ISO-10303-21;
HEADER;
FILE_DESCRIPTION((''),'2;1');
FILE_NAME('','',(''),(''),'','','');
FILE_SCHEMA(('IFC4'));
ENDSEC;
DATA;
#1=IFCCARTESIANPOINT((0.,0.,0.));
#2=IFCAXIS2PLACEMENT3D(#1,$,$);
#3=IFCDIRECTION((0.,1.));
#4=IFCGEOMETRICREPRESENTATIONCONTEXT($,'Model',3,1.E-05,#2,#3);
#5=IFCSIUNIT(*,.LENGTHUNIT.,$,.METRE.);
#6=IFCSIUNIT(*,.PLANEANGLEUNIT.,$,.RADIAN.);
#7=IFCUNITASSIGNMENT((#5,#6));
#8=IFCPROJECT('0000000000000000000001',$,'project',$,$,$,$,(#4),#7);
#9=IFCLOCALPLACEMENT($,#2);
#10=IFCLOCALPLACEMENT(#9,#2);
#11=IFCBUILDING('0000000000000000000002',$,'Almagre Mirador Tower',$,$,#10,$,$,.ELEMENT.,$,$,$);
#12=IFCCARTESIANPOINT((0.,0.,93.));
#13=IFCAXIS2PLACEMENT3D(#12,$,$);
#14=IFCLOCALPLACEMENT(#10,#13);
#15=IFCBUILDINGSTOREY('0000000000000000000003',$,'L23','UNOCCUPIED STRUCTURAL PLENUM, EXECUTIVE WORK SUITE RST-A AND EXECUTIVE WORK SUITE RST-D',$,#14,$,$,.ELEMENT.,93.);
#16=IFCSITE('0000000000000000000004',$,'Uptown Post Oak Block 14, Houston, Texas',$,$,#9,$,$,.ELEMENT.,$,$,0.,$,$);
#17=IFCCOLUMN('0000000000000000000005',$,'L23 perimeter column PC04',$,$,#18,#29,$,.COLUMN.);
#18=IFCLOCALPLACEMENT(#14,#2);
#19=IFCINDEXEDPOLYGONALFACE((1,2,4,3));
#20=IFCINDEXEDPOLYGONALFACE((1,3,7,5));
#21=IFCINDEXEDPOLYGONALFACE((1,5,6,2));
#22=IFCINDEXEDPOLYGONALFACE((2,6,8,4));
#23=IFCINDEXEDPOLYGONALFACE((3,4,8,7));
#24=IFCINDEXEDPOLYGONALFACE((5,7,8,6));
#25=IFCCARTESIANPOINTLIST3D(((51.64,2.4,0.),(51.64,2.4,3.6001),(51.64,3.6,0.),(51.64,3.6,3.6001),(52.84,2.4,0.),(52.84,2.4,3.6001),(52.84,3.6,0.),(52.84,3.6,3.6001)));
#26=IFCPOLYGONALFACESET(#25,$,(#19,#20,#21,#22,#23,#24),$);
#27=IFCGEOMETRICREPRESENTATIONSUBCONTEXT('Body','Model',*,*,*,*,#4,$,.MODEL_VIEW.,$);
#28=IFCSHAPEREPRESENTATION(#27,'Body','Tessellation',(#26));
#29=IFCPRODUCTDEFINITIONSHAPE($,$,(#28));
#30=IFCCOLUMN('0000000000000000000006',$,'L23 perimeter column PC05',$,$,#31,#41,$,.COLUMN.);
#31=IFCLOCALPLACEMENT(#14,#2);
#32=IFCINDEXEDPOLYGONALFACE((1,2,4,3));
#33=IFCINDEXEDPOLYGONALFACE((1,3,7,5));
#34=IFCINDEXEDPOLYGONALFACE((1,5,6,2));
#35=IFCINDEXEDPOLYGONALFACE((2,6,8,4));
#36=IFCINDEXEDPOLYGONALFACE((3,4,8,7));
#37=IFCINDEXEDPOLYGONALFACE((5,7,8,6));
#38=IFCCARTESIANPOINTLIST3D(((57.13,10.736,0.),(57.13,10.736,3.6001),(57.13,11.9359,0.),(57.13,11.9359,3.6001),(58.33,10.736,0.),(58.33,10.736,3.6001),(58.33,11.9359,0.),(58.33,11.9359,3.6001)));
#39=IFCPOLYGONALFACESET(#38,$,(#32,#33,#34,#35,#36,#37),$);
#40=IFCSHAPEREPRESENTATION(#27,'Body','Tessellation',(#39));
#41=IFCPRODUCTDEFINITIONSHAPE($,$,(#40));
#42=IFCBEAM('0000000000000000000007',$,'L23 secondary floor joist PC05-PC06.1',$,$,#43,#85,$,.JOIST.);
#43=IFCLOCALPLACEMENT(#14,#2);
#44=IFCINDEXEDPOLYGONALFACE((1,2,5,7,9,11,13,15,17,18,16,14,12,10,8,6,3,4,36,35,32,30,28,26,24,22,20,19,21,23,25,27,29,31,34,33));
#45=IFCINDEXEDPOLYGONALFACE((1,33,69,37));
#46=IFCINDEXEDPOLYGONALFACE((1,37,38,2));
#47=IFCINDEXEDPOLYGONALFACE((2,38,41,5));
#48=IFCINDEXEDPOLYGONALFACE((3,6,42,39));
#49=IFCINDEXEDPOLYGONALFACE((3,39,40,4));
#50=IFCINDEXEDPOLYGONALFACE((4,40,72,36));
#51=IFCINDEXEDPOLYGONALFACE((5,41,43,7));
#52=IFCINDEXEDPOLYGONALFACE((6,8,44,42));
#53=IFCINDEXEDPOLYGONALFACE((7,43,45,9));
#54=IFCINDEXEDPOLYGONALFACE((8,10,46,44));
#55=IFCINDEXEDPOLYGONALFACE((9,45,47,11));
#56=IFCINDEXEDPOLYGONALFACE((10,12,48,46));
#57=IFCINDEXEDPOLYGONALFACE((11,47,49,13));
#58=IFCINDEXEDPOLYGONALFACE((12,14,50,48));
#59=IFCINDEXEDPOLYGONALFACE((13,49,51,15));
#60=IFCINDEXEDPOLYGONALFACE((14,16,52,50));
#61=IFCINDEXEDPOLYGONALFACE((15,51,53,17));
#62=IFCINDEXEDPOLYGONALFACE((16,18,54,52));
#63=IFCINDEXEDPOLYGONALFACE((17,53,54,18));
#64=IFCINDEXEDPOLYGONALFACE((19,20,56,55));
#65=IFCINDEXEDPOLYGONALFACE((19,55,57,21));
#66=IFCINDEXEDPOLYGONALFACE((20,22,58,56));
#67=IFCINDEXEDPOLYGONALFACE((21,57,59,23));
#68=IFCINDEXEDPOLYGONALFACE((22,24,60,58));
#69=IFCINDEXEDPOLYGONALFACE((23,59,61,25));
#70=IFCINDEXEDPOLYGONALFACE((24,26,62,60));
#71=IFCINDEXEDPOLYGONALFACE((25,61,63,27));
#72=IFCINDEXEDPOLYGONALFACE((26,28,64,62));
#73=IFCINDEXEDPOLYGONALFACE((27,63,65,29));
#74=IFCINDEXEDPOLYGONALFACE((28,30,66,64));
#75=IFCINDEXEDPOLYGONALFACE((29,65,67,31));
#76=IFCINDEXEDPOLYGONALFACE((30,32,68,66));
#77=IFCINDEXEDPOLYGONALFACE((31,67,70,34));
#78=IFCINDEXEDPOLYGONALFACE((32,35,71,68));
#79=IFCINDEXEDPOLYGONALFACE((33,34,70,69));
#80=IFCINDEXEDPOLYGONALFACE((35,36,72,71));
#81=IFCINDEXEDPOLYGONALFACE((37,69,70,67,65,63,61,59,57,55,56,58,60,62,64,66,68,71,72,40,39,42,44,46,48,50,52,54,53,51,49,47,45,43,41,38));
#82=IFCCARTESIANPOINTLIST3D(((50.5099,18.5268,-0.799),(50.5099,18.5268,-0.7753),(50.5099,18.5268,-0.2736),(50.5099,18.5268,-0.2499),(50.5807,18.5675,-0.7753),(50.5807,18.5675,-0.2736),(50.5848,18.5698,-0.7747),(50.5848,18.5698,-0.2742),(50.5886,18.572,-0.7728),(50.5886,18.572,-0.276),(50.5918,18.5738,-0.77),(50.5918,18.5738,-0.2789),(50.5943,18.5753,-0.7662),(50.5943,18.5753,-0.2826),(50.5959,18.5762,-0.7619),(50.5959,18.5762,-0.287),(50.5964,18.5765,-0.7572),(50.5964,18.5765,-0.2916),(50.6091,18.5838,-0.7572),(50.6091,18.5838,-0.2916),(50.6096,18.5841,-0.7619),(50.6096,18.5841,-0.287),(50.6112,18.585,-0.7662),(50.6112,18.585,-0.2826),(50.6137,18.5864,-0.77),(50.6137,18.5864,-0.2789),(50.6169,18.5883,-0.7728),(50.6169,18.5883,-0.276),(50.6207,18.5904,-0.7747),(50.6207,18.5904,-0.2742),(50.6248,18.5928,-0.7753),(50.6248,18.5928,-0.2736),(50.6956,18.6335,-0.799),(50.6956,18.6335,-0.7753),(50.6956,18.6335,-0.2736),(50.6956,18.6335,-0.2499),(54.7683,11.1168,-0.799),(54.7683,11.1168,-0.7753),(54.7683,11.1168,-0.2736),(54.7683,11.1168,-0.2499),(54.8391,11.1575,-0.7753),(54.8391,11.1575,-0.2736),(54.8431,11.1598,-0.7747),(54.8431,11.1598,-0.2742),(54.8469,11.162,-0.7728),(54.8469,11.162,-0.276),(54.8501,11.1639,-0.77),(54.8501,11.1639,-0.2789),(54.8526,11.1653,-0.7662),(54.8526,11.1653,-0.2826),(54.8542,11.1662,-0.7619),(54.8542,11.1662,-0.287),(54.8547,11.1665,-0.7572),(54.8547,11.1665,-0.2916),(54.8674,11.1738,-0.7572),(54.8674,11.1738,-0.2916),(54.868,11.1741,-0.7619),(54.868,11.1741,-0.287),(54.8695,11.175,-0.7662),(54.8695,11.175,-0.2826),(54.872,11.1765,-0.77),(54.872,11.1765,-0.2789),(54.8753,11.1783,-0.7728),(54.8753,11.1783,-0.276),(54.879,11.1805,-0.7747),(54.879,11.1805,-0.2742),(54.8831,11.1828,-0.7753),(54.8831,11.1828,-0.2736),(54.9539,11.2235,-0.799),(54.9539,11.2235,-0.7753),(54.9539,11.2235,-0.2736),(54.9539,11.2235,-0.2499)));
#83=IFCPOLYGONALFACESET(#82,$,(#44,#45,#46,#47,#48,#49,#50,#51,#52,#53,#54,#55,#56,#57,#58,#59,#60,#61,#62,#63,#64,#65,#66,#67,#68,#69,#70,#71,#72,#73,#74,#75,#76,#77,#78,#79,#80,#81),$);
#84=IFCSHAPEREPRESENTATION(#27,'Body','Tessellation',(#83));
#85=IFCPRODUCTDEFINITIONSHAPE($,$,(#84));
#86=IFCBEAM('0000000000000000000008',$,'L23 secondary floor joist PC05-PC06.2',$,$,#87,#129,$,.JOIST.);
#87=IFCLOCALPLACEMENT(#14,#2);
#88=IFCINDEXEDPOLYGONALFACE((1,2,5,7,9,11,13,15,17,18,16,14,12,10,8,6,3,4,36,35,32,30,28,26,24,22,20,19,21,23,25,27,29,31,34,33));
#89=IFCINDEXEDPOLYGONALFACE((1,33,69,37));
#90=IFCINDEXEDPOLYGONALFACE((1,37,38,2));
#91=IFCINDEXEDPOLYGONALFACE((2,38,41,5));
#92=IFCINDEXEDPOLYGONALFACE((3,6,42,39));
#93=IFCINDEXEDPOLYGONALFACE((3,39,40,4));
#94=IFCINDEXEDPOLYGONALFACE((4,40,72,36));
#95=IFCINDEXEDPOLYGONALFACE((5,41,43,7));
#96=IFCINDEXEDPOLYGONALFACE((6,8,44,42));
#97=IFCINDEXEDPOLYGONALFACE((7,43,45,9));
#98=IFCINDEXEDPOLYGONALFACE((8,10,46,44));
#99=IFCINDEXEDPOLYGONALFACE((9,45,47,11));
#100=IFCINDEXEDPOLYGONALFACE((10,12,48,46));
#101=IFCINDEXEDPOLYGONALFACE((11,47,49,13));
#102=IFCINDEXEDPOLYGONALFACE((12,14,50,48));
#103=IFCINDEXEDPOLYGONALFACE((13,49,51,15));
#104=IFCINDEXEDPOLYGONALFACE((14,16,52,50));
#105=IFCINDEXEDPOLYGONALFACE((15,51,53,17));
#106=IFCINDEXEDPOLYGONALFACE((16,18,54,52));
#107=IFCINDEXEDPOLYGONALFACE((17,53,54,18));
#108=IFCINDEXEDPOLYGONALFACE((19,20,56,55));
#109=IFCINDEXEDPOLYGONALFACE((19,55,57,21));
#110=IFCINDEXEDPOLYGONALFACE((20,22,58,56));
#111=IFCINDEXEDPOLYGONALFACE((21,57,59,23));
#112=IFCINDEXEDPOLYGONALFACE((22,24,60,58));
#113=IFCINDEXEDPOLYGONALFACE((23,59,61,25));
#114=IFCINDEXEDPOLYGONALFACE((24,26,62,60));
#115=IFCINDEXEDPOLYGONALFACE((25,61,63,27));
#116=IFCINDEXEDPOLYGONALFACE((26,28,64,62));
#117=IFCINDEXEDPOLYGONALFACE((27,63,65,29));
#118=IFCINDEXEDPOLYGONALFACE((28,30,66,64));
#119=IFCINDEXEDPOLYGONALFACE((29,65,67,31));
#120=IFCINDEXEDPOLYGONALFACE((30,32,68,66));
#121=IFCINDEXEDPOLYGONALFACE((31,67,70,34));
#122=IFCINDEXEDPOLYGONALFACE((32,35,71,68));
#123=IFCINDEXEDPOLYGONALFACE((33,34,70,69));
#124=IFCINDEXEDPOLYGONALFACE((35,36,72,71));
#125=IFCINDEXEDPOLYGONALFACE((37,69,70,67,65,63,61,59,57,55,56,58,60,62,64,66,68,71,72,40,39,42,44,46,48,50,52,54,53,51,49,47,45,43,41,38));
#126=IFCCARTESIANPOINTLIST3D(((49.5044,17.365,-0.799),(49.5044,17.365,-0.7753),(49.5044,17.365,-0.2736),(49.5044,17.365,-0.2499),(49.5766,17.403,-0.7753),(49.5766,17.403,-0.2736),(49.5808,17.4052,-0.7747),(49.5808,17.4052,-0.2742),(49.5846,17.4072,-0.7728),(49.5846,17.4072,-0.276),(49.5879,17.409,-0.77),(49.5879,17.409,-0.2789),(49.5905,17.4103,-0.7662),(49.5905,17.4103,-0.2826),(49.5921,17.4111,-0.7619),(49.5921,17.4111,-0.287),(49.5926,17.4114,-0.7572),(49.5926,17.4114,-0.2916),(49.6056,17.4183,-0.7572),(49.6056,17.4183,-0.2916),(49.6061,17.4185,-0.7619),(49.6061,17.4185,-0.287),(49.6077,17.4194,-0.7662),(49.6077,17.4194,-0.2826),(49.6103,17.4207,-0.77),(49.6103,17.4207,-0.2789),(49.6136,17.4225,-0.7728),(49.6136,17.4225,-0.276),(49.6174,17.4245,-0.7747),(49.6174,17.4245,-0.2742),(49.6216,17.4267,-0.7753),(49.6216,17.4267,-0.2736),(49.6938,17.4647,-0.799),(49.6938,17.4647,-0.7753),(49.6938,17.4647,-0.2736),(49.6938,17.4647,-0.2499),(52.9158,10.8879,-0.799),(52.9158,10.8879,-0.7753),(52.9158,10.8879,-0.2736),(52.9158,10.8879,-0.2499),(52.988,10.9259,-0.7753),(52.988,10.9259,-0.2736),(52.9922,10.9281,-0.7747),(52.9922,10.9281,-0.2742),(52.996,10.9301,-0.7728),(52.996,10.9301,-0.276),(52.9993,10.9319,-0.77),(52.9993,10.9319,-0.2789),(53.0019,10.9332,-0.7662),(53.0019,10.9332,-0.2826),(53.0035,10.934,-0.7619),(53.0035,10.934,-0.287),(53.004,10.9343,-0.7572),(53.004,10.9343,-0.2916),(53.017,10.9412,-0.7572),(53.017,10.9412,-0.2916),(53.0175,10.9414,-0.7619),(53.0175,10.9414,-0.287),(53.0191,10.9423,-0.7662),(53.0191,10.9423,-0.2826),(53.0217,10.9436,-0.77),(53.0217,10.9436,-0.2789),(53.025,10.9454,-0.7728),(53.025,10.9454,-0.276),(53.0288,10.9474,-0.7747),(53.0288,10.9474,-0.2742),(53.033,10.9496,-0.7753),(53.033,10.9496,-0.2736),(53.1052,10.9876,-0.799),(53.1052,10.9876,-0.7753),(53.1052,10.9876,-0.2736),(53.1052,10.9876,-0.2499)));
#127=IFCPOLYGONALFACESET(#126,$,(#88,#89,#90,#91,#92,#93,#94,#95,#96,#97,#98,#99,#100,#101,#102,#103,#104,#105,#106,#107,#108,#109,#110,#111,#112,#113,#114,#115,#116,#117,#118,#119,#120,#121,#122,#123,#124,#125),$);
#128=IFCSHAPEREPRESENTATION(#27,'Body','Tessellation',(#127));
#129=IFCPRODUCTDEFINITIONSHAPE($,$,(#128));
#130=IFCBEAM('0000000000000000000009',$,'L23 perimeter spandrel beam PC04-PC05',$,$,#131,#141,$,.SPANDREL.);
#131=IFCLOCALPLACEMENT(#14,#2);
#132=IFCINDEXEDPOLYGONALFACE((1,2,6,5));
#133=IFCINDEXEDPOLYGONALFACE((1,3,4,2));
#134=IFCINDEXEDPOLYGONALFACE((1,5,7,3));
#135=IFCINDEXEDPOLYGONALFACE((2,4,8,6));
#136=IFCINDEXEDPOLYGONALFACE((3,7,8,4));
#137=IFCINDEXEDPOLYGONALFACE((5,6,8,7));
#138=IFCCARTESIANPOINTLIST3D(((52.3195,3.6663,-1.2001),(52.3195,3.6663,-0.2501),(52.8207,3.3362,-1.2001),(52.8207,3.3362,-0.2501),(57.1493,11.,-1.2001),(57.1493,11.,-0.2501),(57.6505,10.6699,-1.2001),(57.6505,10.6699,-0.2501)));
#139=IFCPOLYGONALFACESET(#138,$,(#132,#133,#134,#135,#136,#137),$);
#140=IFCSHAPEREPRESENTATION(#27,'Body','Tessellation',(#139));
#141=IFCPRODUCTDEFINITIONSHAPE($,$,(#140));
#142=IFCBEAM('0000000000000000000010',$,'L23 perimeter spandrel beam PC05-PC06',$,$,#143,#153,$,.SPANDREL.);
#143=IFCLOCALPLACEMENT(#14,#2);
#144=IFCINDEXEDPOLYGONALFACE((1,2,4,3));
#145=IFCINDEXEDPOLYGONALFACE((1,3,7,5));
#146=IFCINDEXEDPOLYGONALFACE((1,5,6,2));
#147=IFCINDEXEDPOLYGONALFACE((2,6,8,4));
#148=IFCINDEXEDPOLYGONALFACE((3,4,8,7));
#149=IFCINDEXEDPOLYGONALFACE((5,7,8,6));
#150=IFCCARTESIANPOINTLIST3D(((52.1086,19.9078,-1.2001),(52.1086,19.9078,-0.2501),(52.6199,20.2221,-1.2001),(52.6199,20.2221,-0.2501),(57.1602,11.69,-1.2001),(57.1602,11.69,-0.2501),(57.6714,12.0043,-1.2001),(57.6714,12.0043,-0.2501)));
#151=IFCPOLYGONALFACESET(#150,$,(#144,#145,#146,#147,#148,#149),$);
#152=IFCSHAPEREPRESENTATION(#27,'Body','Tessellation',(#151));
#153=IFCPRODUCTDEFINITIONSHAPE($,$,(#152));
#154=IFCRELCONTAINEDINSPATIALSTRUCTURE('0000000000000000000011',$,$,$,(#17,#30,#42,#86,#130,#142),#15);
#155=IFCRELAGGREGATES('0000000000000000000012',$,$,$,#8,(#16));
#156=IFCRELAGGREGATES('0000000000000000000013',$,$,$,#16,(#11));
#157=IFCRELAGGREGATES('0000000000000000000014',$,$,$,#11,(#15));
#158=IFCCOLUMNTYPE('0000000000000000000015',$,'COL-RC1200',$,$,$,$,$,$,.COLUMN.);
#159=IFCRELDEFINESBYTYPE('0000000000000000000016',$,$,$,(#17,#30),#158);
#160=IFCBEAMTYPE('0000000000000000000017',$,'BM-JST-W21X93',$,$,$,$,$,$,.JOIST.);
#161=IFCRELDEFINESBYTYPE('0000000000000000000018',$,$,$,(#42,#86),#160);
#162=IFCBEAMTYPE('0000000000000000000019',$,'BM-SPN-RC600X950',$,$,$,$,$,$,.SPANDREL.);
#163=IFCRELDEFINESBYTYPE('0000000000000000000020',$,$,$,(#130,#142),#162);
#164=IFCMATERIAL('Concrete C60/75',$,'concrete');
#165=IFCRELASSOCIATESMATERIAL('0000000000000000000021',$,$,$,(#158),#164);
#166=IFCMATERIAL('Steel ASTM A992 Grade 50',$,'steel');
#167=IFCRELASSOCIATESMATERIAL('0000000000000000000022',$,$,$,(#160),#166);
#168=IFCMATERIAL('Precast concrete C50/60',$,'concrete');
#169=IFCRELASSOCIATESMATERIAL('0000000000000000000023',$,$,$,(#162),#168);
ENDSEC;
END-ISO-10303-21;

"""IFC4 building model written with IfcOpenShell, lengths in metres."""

from ifc_helpers import new_model, si_unit, direction, frame, origin, origin_2d, place, context, subcontext, project, spatial, rectangle, i_section, extrude, material, material_profile, profile_set, type_object, element, save


model = new_model("IFC4")

# Units and contexts
model_context = context("Model", 3, precision=1e-05, world=origin(), true_north=direction((0.0, 1.0)))
body_context = subcontext(model_context, "Body", "Model", "MODEL_VIEW")
ifc_project = project(units=[si_unit("LENGTHUNIT", "METRE"), si_unit("PLANEANGLEUNIT", "RADIAN")], contexts=[model_context])

# Site, building, storey
site_placement = place(None, origin())
site = spatial("IfcSite", under=ifc_project, at=site_placement, Name="Uptown Post Oak Block 14, Houston, Texas", CompositionType="ELEMENT", RefElevation=0.0)
building_placement = place(site_placement, origin())
building = spatial("IfcBuilding", under=site, at=building_placement, Name="Almagre Mirador Tower", CompositionType="ELEMENT")
storey_placement = place(building_placement, frame((0.0, 0.0, 93.0)))
storey = spatial("IfcBuildingStorey", under=building, at=storey_placement, Name="L23", Description="UNOCCUPIED STRUCTURAL PLENUM, EXECUTIVE WORK SUITE RST-A AND EXECUTIVE WORK SUITE RST-D", CompositionType="ELEMENT", Elevation=93.0)

# Columns
ifc_material_1 = material(Name="Concrete C60/75", Category="concrete")
ifc_material_profile_1 = material_profile(ifc_material_1, rectangle(XDim=1.2, YDim=1.2, at=origin_2d()), Name="RC1200X1200")
ifc_profile_set_1 = profile_set([ifc_material_profile_1], Name="Concrete C60/75")
column_type = type_object("IfcColumnType", Name="COL-RC1200", PredefinedType="COLUMN", material=ifc_profile_set_1)
for number, where, z_axis, x_axis, name in (
    (1, (52.24, 3.0, 0.0), (0.0, 0.0, 1.0), (1.0, 0.0, 0.0), "L23 perimeter column PC04"),
    (2, (57.73, 11.3359, 0.0), (0.0, 0.0, 1.0), (1.0, 0.0, 0.0), "L23 perimeter column PC05"),
):
    element("IfcColumn", number, at=place(storey_placement, frame(where, z_axis=z_axis, x_axis=x_axis)), inside=storey, type_object=column_type, Name=name, PredefinedType="COLUMN", context=body_context, shape_type="SweptSolid", body=[
        extrude(rectangle(XDim=1.2, YDim=1.2, at=origin_2d()), origin(), (0.0, 0.0, 1.0), 3.6001),
    ])

# Beams
ifc_material_2 = material(Name="Steel ASTM A992 Grade 50", Category="steel")
ifc_material_profile_2 = material_profile(ifc_material_2, i_section(OverallWidth=0.2141, OverallDepth=0.5491, WebThickness=0.0146, FlangeThickness=0.0237, FilletRadius=0.0181, at=origin_2d()), Name="W21X93")
ifc_profile_set_2 = profile_set([ifc_material_profile_2], Name="Steel ASTM A992 Grade 50")
beam_type_1 = type_object("IfcBeamType", Name="BM-JST-W21X93", PredefinedType="JOIST", material=ifc_profile_set_2)
beam_1_placement = place(storey_placement, frame((54.8611, 11.1702, -0.5244), z_axis=(-0.49826, 0.867028, 0.0), x_axis=(-0.867028, -0.49826, 0.0)))
element("IfcBeam", 3, at=beam_1_placement, inside=storey, type_object=beam_type_1, Name="L23 secondary floor joist PC05-PC06.1", PredefinedType="JOIST", context=body_context, shape_type="SweptSolid", body=[
    extrude(i_section(OverallWidth=0.2141, OverallDepth=0.5491, WebThickness=0.0146, FlangeThickness=0.0237, FilletRadius=0.0181, at=origin_2d()), origin(), (0.0, 0.0, 1.0), 8.5464),
])
beam_2_placement = place(storey_placement, frame((53.0105, 10.9377, -0.5244), z_axis=(-0.466003, 0.884783, 0.0), x_axis=(-0.884783, -0.466003, 0.0)))
element("IfcBeam", 4, at=beam_2_placement, inside=storey, type_object=beam_type_1, Name="L23 secondary floor joist PC05-PC06.2", PredefinedType="JOIST", context=body_context, shape_type="SweptSolid", body=[
    extrude(i_section(OverallWidth=0.2141, OverallDepth=0.5491, WebThickness=0.0146, FlangeThickness=0.0237, FilletRadius=0.0181, at=origin_2d()), origin(), (0.0, 0.0, 1.0), 7.3206),
])
ifc_material_3 = material(Name="Precast concrete C50/60", Category="concrete")
ifc_material_profile_3 = material_profile(ifc_material_3, rectangle(XDim=0.6001, YDim=0.95, at=origin_2d()), Name="RC600X950")
ifc_profile_set_3 = profile_set([ifc_material_profile_3], Name="Precast concrete C50/60")
beam_type_2 = type_object("IfcBeamType", Name="BM-SPN-RC600X950", PredefinedType="SPANDREL", material=ifc_profile_set_3)
beam_3_placement = place(storey_placement, frame((52.5701, 3.5012, -0.7251), z_axis=(0.550014, 0.835155, 0.0), x_axis=(-0.835155, 0.550014, 0.0)))
element("IfcBeam", 5, at=beam_3_placement, inside=storey, type_object=beam_type_2, Name="L23 perimeter spandrel beam PC04-PC05", PredefinedType="SPANDREL", context=body_context, shape_type="SweptSolid", body=[
    extrude(rectangle(XDim=0.6001, YDim=0.95, at=origin_2d()), origin(), (0.0, 0.0, 1.0), 8.7812),
])
beam_4_placement = place(storey_placement, frame((57.4158, 11.8472, -0.7251), z_axis=(-0.523678, 0.851916, 0.0), x_axis=(-0.851916, -0.523678, 0.0)))
element("IfcBeam", 6, at=beam_4_placement, inside=storey, type_object=beam_type_2, Name="L23 perimeter spandrel beam PC05-PC06", PredefinedType="SPANDREL", context=body_context, shape_type="SweptSolid", body=[
    extrude(rectangle(XDim=0.6001, YDim=0.95, at=origin_2d()), origin(), (0.0, 0.0, 1.0), 9.6462),
])

save(model, "model.ifc")
